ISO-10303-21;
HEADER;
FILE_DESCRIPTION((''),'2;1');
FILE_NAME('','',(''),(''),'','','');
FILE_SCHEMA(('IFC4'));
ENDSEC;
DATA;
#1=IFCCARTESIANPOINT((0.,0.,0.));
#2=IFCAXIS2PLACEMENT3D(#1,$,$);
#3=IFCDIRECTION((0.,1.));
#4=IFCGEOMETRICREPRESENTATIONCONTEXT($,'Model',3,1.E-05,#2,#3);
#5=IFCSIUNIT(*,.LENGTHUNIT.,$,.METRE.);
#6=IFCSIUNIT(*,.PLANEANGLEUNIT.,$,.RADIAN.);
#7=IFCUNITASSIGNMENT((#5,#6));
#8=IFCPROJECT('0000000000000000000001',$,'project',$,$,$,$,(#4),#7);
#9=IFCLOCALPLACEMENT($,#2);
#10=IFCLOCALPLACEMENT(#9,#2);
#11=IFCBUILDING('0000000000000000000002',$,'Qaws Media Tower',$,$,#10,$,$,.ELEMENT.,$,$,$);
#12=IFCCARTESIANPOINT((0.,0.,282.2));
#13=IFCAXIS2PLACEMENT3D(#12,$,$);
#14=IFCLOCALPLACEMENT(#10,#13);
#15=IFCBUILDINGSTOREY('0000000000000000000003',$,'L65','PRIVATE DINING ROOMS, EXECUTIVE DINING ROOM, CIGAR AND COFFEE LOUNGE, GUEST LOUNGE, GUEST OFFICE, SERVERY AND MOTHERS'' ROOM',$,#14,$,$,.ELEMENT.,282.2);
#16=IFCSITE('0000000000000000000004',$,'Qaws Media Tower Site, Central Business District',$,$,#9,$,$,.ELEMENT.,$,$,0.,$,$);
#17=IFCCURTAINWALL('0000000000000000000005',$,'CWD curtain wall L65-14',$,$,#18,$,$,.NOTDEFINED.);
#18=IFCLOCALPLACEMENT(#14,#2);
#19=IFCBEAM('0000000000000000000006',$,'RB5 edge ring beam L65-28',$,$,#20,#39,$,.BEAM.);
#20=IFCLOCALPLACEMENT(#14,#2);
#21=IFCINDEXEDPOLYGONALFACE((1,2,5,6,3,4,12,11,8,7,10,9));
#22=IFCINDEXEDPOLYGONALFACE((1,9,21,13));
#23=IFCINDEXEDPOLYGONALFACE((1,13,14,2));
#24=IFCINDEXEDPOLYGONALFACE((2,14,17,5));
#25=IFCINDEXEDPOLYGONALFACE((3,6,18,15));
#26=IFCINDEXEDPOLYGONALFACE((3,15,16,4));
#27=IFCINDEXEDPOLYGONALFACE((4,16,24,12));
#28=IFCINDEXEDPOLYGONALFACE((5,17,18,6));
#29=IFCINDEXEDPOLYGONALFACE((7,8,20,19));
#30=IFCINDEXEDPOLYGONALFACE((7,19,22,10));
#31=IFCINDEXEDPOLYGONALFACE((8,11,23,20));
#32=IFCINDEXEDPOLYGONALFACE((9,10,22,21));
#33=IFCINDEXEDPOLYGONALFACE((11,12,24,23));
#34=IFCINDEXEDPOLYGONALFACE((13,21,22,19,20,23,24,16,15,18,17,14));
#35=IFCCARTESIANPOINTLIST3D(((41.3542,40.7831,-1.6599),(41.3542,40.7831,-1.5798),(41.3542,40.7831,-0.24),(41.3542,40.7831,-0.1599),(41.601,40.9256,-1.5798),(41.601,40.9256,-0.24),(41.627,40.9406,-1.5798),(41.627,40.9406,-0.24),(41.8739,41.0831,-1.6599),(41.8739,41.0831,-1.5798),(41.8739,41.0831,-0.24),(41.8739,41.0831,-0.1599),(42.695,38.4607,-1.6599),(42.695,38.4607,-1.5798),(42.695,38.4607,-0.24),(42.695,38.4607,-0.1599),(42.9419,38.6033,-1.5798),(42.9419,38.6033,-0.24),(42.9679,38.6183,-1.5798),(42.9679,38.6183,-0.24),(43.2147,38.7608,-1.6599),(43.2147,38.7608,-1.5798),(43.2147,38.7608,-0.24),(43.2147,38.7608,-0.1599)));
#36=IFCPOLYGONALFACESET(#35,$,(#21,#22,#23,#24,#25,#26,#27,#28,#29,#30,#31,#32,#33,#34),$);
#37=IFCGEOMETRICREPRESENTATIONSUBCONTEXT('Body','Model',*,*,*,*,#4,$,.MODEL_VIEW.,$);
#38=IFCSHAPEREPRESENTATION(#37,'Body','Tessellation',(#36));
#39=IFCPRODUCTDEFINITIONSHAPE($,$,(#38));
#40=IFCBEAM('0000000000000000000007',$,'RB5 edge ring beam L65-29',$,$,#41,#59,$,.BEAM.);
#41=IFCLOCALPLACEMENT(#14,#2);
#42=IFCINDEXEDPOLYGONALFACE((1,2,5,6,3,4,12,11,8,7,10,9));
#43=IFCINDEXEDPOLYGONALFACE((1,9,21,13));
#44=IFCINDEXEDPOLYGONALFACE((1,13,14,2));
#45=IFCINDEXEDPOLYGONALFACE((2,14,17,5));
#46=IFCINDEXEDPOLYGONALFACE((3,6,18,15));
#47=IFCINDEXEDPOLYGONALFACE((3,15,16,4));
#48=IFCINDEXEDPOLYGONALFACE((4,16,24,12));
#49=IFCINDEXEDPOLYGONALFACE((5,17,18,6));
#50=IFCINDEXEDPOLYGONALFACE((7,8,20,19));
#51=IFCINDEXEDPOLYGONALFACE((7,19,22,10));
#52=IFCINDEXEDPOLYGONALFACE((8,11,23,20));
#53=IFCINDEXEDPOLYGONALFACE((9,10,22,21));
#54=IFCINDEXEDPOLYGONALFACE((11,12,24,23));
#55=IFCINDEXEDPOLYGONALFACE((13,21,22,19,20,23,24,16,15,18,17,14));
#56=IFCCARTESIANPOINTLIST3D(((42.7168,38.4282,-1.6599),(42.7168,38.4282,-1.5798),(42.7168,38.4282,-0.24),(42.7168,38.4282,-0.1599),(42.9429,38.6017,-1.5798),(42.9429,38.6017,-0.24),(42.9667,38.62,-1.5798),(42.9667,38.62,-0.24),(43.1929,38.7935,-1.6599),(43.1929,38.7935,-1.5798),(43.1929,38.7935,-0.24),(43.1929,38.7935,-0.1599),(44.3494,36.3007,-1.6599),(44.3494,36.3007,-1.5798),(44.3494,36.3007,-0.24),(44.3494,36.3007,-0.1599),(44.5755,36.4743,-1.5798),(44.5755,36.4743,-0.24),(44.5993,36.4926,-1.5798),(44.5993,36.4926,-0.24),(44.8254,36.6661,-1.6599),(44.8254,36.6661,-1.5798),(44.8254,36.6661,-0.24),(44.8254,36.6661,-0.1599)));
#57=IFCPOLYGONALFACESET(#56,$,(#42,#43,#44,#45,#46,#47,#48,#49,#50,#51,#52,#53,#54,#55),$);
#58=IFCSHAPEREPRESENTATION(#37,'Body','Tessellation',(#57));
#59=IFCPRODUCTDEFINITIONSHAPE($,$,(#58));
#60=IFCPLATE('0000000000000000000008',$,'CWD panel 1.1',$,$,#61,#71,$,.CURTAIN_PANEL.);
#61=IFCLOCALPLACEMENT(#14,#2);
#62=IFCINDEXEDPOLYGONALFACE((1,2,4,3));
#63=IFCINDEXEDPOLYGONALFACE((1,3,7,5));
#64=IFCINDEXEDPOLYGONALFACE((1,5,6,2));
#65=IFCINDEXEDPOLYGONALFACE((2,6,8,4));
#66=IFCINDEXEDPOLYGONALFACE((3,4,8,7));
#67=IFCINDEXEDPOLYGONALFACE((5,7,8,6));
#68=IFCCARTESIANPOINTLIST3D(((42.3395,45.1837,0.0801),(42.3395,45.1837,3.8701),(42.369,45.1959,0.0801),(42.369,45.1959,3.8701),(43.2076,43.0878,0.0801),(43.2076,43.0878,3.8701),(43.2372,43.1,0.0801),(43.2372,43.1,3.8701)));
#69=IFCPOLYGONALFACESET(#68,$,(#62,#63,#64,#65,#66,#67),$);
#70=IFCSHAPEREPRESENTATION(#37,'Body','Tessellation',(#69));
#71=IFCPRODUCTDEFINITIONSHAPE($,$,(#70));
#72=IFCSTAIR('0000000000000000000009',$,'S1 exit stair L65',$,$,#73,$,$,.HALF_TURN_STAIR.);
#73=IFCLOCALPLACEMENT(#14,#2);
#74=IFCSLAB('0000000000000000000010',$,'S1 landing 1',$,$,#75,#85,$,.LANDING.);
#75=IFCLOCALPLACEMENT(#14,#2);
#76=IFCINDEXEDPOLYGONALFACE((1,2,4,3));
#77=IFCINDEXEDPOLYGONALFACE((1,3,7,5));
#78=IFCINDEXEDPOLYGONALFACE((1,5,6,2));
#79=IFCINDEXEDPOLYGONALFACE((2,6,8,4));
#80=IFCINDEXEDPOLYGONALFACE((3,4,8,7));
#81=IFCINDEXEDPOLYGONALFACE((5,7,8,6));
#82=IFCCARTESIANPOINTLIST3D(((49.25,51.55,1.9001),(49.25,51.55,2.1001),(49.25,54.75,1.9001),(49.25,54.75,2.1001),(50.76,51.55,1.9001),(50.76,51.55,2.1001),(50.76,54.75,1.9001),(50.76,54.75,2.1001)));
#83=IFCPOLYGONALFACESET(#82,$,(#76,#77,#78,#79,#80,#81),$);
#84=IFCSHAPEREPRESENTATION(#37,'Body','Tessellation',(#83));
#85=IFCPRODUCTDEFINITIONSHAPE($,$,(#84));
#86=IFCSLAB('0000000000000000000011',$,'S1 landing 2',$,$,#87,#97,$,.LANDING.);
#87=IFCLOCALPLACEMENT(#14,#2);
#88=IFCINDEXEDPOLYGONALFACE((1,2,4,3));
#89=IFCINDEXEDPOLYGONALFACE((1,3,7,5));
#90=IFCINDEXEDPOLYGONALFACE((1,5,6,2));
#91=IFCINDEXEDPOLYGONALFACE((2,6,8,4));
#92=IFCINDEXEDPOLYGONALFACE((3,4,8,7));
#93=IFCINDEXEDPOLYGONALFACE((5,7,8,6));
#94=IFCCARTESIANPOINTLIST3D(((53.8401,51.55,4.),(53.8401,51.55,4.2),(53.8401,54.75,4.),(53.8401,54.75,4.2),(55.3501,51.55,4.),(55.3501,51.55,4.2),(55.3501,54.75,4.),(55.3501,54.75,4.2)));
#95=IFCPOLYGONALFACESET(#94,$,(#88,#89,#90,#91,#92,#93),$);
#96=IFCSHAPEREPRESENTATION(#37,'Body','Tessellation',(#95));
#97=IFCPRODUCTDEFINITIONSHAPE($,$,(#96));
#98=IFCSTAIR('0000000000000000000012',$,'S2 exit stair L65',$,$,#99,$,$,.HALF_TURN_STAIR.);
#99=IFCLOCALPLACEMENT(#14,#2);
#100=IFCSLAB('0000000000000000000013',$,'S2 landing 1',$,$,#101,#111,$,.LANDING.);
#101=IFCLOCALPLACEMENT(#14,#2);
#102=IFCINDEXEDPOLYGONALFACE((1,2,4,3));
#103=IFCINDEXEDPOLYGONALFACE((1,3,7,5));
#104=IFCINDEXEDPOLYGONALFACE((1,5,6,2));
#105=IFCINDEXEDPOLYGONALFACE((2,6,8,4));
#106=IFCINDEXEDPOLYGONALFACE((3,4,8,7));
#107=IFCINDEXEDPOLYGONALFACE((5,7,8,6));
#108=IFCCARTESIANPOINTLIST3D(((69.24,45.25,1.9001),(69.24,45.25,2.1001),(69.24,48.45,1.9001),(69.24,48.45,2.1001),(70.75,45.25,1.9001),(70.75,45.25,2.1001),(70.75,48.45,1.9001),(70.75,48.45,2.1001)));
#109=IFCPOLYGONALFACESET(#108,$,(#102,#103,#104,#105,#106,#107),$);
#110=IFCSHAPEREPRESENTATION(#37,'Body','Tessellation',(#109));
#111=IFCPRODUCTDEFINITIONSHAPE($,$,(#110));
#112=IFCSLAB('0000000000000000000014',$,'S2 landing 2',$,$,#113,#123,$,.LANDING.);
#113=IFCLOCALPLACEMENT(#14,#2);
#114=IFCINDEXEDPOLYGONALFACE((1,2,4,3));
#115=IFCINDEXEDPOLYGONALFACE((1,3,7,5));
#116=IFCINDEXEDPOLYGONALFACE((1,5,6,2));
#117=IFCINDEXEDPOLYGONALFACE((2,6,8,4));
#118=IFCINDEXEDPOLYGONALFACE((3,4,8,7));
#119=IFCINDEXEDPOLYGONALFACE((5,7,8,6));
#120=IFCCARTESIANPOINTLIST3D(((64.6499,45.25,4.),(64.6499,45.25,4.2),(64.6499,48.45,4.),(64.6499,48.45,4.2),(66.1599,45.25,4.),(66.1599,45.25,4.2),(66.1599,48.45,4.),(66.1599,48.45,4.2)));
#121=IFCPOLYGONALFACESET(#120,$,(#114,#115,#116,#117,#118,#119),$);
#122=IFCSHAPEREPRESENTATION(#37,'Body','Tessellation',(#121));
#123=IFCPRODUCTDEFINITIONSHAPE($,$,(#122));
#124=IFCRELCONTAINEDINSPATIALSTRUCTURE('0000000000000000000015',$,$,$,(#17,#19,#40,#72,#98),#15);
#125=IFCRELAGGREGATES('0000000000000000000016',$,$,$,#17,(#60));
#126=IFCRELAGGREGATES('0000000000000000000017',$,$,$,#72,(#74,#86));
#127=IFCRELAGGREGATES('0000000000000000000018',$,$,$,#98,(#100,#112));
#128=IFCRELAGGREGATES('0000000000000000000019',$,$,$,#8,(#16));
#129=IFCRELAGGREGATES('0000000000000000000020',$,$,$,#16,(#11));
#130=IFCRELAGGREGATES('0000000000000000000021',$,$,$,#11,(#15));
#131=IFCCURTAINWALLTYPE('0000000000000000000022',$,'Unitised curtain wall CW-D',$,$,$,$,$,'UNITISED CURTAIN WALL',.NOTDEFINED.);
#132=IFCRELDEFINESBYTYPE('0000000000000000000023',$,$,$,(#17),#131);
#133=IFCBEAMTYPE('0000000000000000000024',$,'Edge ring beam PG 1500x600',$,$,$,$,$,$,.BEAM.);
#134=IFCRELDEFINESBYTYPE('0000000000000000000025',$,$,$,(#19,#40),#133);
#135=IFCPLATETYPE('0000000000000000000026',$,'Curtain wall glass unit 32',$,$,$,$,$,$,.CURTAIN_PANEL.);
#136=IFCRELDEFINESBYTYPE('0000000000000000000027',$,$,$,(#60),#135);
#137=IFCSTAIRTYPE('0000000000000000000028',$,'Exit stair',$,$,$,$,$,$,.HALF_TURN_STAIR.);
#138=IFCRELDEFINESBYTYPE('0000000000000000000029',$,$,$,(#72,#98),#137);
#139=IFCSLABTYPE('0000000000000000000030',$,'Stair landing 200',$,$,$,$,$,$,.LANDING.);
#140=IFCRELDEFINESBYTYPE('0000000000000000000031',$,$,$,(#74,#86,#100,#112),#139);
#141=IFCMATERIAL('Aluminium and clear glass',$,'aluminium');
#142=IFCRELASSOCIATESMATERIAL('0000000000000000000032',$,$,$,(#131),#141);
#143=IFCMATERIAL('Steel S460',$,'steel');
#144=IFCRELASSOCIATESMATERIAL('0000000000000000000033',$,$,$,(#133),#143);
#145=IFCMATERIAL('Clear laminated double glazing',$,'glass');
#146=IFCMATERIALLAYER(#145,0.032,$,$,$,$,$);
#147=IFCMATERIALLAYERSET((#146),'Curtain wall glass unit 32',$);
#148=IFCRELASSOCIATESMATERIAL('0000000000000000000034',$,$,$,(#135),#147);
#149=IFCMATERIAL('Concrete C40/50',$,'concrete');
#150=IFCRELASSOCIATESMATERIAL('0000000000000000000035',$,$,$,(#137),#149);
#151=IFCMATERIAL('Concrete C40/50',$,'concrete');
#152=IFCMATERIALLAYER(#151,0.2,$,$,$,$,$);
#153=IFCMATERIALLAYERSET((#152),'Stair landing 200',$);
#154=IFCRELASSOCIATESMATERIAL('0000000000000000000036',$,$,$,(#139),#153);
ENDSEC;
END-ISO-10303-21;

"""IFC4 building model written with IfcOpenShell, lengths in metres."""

from ifc_helpers import new_model, si_unit, direction, frame, origin, origin_2d, place, context, subcontext, project, spatial, polyline, rectangle, i_section, outline, extrude, material, layer, layer_set, material_profile, profile_set, type_object, element, aggregate, save


model = new_model("IFC4")

# Units and contexts
model_context = context("Model", 3, precision=1e-05, world=origin(), true_north=direction((0.0, 1.0)))
body_context = subcontext(model_context, "Body", "Model", "MODEL_VIEW")
ifc_project = project(units=[si_unit("LENGTHUNIT", "METRE"), si_unit("PLANEANGLEUNIT", "RADIAN")], contexts=[model_context])

# Site, building, storey
site_placement = place(None, origin())
site = spatial("IfcSite", under=ifc_project, at=site_placement, Name="Qaws Media Tower Site, Central Business District", CompositionType="ELEMENT", RefElevation=0.0)
building_placement = place(site_placement, origin())
building = spatial("IfcBuilding", under=site, at=building_placement, Name="Qaws Media Tower", CompositionType="ELEMENT")
storey_placement = place(building_placement, frame((0.0, 0.0, 282.2)))
storey = spatial("IfcBuildingStorey", under=building, at=storey_placement, Name="L65", Description="PRIVATE DINING ROOMS, EXECUTIVE DINING ROOM, CIGAR AND COFFEE LOUNGE, GUEST LOUNGE, GUEST OFFICE, SERVERY AND MOTHERS' ROOM", CompositionType="ELEMENT", Elevation=282.2)

# Curtain wall
ifc_material_1 = material(Name="Aluminium and clear glass", Category="aluminium")
curtain_wall_type = type_object("IfcCurtainWallType", Name="Unitised curtain wall CW-D", ElementType="UNITISED CURTAIN WALL", PredefinedType="NOTDEFINED", material=ifc_material_1)
curtain_wall_placement = place(storey_placement, origin())
curtain_wall = element("IfcCurtainWall", 1, at=curtain_wall_placement, inside=storey, type_object=curtain_wall_type, Name="CWD curtain wall L65-14", PredefinedType="NOTDEFINED")

# Beams
ifc_material_2 = material(Name="Steel S460", Category="steel")
ifc_material_profile_1 = material_profile(ifc_material_2, i_section(OverallWidth=0.6001, OverallDepth=1.5, WebThickness=0.03, FlangeThickness=0.0801, at=origin_2d()), Name="PG 1500x600")
ifc_profile_set_1 = profile_set([ifc_material_profile_1], Name="Steel S460")
beam_type = type_object("IfcBeamType", Name="Edge ring beam PG 1500x600", PredefinedType="BEAM", material=ifc_profile_set_1)
for number, where, z_axis, x_axis, name in (
    (2, (41.614, 40.9331, -0.9099), (0.500017, -0.866016, 0.0), (0.866016, 0.500017, 0.0), "RB5 edge ring beam L65-28"),
    (3, (42.9548, 38.6108, -0.9099), (0.608791, -0.793331, 0.0), (0.793331, 0.608791, 0.0), "RB5 edge ring beam L65-29"),
):
    element("IfcBeam", number, at=place(storey_placement, frame(where, z_axis=z_axis, x_axis=x_axis)), inside=storey, type_object=beam_type, Name=name, PredefinedType="BEAM", context=body_context, shape_type="SweptSolid", body=[
        extrude(i_section(OverallWidth=0.6001, OverallDepth=1.5, WebThickness=0.03, FlangeThickness=0.0801, at=origin_2d()), origin(), (0.0, 0.0, 1.0), 2.6816),
    ])

# Plate
ifc_material_3 = material(Name="Clear laminated double glazing", Category="glass")
ifc_layer_1 = layer(ifc_material_3, 0.032)
ifc_layer_set_1 = layer_set([ifc_layer_1], Name="Curtain wall glass unit 32")
plate_type = type_object("IfcPlateType", Name="Curtain wall glass unit 32", PredefinedType="CURTAIN_PANEL", material=ifc_layer_set_1)
plate_placement = place(storey_placement, frame((42.7883, 44.1418, 0.0801), z_axis=(0.0, 0.0, 1.0), x_axis=(0.382684, -0.923879, 0.0)))
plate = element("IfcPlate", 4, at=plate_placement, type_object=plate_type, Name="CWD panel 1.1", PredefinedType="CURTAIN_PANEL", context=body_context, shape_type="SweptSolid", body=[
    extrude(rectangle(XDim=2.2686, YDim=0.032, at=origin_2d()), origin(), (0.0, 0.0, 1.0), 3.79),
])
aggregate(curtain_wall, [plate])

# Stairs, slabs
ifc_material_4 = material(Name="Concrete C40/50", Category="concrete")
stair_type = type_object("IfcStairType", Name="Exit stair", PredefinedType="HALF_TURN_STAIR", material=ifc_material_4)
stair_1_placement = place(storey_placement, origin())
stair_1 = element("IfcStair", 5, at=stair_1_placement, inside=storey, type_object=stair_type, Name="S1 exit stair L65", PredefinedType="HALF_TURN_STAIR")
ifc_material_5 = material(Name="Concrete C40/50", Category="concrete")
ifc_layer_2 = layer(ifc_material_5, 0.2)
ifc_layer_set_2 = layer_set([ifc_layer_2], Name="Stair landing 200")
slab_type = type_object("IfcSlabType", Name="Stair landing 200", PredefinedType="LANDING", material=ifc_layer_set_2)
slab_1_placement = place(storey_placement, frame((0.0, 0.0, 1.9001)))
slab_1 = element("IfcSlab", 6, at=slab_1_placement, type_object=slab_type, Name="S1 landing 1", PredefinedType="LANDING", context=body_context, shape_type="SweptSolid", body=[
    extrude(outline(polyline([(49.25, 51.55), (50.76, 51.55), (50.76, 54.75), (49.25, 54.75), (49.25, 51.55)])), origin(), (0.0, 0.0, 1.0), 0.2),
])
slab_2_placement = place(storey_placement, frame((0.0, 0.0, 4.0)))
slab_2 = element("IfcSlab", 7, at=slab_2_placement, type_object=slab_type, Name="S1 landing 2", PredefinedType="LANDING", context=body_context, shape_type="SweptSolid", body=[
    extrude(outline(polyline([(53.8401, 51.55), (55.3501, 51.55), (55.3501, 54.75), (53.8401, 54.75), (53.8401, 51.55)])), origin(), (0.0, 0.0, 1.0), 0.2),
])
aggregate(stair_1, [slab_1, slab_2])
stair_2_placement = place(storey_placement, origin())
stair_2 = element("IfcStair", 8, at=stair_2_placement, inside=storey, type_object=stair_type, Name="S2 exit stair L65", PredefinedType="HALF_TURN_STAIR")
slab_3_placement = place(storey_placement, frame((0.0, 0.0, 1.9001)))
slab_3 = element("IfcSlab", 9, at=slab_3_placement, type_object=slab_type, Name="S2 landing 1", PredefinedType="LANDING", context=body_context, shape_type="SweptSolid", body=[
    extrude(outline(polyline([(69.24, 45.25), (70.75, 45.25), (70.75, 48.45), (69.24, 48.45), (69.24, 45.25)])), origin(), (0.0, 0.0, 1.0), 0.2),
])
slab_4_placement = place(storey_placement, frame((0.0, 0.0, 4.0)))
slab_4 = element("IfcSlab", 10, at=slab_4_placement, type_object=slab_type, Name="S2 landing 2", PredefinedType="LANDING", context=body_context, shape_type="SweptSolid", body=[
    extrude(outline(polyline([(64.6499, 45.25), (66.1599, 45.25), (66.1599, 48.45), (64.6499, 48.45), (64.6499, 45.25)])), origin(), (0.0, 0.0, 1.0), 0.2),
])
aggregate(stair_2, [slab_3, slab_4])

save(model, "model.ifc")
